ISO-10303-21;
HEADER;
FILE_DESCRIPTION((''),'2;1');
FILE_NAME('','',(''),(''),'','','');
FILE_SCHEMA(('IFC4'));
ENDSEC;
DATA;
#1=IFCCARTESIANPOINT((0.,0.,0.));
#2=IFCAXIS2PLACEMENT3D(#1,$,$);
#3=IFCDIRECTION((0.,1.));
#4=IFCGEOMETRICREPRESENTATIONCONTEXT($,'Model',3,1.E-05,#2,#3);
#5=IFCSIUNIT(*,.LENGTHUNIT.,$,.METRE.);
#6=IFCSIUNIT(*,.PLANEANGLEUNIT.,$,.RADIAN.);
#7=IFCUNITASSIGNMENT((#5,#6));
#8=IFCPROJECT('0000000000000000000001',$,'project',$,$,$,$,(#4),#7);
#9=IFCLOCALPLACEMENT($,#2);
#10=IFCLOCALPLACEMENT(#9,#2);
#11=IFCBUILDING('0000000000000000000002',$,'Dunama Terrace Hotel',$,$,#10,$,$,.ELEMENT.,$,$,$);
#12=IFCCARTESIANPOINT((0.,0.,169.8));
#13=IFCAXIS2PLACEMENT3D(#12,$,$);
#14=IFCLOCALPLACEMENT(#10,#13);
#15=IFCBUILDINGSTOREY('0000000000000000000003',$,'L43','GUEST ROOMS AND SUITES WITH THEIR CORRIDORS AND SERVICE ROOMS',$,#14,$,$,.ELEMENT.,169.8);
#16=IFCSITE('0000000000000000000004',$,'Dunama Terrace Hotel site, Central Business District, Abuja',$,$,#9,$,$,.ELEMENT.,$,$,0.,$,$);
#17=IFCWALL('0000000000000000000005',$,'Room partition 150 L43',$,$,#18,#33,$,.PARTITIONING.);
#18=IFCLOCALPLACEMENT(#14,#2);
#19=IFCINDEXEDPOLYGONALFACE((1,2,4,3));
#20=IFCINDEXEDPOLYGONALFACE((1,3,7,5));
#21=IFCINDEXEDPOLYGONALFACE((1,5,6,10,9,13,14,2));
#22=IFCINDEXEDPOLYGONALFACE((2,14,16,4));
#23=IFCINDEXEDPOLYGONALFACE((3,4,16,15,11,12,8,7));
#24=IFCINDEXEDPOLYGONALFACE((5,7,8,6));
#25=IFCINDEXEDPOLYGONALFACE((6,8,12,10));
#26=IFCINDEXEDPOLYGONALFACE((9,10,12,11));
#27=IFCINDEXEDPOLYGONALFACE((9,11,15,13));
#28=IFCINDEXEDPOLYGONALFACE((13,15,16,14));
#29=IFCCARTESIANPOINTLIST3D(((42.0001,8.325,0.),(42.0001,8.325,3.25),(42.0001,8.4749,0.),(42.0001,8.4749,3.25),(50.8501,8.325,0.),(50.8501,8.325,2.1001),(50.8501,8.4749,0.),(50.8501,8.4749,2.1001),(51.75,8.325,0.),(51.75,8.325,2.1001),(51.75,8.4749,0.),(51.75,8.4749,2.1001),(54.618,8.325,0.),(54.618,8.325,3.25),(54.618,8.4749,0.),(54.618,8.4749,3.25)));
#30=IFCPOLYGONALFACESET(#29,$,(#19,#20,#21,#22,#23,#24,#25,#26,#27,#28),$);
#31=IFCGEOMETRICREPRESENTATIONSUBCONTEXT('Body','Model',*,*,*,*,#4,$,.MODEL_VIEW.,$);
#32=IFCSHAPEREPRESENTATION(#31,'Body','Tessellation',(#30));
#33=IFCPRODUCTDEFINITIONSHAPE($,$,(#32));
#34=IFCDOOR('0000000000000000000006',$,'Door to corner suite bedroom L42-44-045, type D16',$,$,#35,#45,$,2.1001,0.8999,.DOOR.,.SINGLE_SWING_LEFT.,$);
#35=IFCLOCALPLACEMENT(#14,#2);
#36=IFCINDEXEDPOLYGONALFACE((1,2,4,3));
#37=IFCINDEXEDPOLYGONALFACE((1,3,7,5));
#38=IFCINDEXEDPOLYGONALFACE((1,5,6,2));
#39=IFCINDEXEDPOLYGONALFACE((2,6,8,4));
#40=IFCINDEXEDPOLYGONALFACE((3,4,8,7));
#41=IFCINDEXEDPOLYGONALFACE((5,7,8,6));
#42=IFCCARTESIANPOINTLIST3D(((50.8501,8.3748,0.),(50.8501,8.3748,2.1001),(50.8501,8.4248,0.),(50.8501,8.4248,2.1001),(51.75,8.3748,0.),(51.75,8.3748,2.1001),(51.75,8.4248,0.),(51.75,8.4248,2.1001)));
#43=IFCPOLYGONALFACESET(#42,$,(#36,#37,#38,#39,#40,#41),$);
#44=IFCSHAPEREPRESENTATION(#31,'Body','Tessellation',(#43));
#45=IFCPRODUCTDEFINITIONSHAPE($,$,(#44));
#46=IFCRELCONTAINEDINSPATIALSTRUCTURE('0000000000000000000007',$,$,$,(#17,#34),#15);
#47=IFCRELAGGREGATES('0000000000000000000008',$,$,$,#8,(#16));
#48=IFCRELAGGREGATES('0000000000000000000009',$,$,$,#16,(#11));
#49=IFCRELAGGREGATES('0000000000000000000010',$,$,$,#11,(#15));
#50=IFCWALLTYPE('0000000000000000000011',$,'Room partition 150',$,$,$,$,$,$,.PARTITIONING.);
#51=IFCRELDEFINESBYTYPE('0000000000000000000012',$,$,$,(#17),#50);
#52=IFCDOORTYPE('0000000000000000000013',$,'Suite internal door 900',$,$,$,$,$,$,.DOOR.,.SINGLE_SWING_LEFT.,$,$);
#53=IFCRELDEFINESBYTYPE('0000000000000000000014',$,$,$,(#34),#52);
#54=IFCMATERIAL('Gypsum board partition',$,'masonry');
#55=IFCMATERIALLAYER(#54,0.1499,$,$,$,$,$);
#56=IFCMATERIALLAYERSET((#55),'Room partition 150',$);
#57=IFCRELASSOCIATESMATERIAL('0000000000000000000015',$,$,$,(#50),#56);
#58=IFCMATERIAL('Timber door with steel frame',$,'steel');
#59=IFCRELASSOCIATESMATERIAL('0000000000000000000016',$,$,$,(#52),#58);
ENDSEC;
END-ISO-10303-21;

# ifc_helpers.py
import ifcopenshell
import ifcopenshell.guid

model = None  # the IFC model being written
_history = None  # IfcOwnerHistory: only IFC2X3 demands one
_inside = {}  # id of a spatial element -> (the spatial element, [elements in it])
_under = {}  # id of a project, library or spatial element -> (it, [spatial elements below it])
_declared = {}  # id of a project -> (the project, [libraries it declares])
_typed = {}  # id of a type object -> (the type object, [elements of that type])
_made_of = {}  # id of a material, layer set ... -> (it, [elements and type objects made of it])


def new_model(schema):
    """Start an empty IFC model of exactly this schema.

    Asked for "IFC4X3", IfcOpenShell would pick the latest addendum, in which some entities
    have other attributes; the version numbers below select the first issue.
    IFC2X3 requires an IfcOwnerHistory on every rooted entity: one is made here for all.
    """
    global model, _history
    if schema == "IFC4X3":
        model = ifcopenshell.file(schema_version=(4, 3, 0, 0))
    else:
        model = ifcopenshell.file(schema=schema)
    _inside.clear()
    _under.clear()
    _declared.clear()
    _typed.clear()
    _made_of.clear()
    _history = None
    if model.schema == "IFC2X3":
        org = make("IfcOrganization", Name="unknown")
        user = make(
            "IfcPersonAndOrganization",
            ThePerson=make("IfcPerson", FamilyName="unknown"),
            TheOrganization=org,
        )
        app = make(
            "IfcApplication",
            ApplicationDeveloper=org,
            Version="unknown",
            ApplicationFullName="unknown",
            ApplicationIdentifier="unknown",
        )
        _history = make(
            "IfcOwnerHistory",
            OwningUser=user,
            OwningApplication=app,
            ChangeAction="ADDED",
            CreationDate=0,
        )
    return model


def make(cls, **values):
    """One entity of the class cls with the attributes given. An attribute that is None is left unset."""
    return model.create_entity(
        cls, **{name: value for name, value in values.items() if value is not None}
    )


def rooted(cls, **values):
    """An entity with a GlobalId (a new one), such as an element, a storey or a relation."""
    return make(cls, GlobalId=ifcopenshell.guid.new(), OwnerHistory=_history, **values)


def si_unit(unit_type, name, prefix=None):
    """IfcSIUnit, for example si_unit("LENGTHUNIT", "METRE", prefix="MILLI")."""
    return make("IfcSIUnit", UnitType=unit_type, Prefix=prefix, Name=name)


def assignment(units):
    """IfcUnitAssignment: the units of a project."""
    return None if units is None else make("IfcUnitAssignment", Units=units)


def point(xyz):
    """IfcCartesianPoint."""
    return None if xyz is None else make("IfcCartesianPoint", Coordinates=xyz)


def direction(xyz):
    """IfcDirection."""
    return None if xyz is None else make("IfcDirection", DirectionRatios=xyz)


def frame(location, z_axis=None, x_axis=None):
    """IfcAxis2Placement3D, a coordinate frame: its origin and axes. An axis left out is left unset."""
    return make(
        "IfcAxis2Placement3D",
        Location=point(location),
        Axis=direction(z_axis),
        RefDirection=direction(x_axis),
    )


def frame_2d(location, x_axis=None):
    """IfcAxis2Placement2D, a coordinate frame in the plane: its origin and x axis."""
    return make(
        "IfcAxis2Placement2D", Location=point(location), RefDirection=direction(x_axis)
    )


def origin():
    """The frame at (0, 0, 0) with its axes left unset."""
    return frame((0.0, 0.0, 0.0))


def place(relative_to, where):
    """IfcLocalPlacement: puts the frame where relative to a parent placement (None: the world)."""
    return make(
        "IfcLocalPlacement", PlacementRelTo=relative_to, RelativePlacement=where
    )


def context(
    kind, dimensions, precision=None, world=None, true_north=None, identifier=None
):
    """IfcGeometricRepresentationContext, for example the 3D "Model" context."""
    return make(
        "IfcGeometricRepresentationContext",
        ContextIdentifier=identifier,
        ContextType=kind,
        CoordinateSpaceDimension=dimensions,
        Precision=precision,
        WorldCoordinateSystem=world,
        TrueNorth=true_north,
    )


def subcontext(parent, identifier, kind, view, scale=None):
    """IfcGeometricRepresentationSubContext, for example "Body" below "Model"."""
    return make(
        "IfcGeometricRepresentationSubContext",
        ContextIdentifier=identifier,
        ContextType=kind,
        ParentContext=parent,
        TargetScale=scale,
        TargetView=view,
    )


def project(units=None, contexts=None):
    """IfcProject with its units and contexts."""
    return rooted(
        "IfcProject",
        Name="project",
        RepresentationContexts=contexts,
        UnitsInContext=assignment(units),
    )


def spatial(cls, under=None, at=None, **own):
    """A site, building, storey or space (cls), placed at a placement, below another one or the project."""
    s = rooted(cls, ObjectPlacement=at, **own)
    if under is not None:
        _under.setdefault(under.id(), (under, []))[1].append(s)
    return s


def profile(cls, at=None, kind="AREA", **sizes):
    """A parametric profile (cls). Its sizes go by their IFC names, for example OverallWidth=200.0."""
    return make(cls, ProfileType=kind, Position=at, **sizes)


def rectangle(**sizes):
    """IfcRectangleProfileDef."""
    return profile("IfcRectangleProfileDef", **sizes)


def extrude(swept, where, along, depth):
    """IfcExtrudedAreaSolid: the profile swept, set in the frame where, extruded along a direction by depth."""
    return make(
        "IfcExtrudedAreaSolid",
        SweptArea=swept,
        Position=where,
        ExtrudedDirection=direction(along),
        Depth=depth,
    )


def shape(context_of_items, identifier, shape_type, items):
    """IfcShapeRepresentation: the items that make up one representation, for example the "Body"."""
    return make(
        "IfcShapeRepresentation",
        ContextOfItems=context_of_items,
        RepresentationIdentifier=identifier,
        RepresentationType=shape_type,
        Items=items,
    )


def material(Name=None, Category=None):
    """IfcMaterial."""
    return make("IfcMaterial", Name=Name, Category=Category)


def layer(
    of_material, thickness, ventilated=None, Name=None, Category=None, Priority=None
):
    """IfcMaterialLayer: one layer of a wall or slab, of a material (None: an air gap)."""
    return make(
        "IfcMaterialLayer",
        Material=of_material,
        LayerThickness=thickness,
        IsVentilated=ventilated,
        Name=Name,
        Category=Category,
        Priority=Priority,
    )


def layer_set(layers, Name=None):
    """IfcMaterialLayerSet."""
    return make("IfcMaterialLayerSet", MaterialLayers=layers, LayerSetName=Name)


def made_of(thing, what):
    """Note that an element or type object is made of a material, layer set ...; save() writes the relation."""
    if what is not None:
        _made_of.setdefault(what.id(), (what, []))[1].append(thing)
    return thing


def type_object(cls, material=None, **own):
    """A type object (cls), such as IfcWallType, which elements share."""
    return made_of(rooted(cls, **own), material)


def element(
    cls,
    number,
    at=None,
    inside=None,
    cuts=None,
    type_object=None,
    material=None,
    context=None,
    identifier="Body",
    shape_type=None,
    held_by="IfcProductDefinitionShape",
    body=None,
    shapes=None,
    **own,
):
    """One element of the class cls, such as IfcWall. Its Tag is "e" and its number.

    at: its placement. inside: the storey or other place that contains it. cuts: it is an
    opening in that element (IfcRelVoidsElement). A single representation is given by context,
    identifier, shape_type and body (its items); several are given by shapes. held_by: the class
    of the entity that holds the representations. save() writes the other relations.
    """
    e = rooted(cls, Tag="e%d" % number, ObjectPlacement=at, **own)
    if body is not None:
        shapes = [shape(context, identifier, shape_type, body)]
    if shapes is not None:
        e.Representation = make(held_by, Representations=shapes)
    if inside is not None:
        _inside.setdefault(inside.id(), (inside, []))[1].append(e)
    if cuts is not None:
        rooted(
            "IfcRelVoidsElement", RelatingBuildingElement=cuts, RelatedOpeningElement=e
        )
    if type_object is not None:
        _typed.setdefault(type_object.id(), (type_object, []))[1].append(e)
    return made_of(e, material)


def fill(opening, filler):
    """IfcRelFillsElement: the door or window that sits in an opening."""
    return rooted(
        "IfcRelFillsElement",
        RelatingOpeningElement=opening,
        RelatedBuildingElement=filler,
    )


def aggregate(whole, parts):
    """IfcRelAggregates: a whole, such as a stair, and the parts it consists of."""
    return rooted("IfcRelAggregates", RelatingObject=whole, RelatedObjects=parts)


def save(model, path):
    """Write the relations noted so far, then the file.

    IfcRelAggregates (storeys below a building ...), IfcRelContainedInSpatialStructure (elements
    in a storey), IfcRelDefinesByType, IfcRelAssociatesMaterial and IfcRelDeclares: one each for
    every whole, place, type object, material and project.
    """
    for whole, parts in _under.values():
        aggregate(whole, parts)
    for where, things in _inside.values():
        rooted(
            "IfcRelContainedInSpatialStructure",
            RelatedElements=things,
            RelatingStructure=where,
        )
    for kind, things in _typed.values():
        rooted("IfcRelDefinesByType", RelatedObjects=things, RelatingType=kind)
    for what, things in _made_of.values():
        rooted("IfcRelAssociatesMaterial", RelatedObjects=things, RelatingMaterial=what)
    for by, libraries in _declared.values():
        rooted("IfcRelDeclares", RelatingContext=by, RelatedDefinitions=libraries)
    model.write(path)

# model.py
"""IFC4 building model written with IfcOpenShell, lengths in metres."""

from ifc_helpers import new_model, si_unit, direction, frame, frame_2d, origin, place, context, subcontext, project, spatial, rectangle, extrude, material, layer, layer_set, type_object, element, fill, save


model = new_model("IFC4")

# Units and contexts
model_context = context("Model", 3, precision=1e-05, world=origin(), true_north=direction((0.0, 1.0)))
body_context = subcontext(model_context, "Body", "Model", "MODEL_VIEW")
ifc_project = project(units=[si_unit("LENGTHUNIT", "METRE"), si_unit("PLANEANGLEUNIT", "RADIAN")], contexts=[model_context])

# Site, building, storey
site_placement = place(None, origin())
site = spatial("IfcSite", under=ifc_project, at=site_placement, Name="Dunama Terrace Hotel site, Central Business District, Abuja", CompositionType="ELEMENT", RefElevation=0.0)
building_placement = place(site_placement, origin())
building = spatial("IfcBuilding", under=site, at=building_placement, Name="Dunama Terrace Hotel", CompositionType="ELEMENT")
storey_placement = place(building_placement, frame((0.0, 0.0, 169.8)))
storey = spatial("IfcBuildingStorey", under=building, at=storey_placement, Name="L43", Description="GUEST ROOMS AND SUITES WITH THEIR CORRIDORS AND SERVICE ROOMS", CompositionType="ELEMENT", Elevation=169.8)

# Wall, opening, door
ifc_material_1 = material(Name="Gypsum board partition", Category="masonry")
ifc_layer_1 = layer(ifc_material_1, 0.1499)
ifc_layer_set_1 = layer_set([ifc_layer_1], Name="Room partition 150")
wall_type_1 = type_object("IfcWallType", Name="Room partition 150", PredefinedType="PARTITIONING", material=ifc_layer_set_1)
wall_1_placement = place(storey_placement, frame((42.0, 8.3999, 0.0), z_axis=(0.0, 0.0, 1.0), x_axis=(1.0, 0.0, 0.0)))
wall_1 = element("IfcWall", 1, at=wall_1_placement, inside=storey, type_object=wall_type_1, Name="Room partition 150 L43", PredefinedType="PARTITIONING", context=body_context, shape_type="SweptSolid", body=[
    extrude(rectangle(XDim=12.6179, YDim=0.1499, at=frame_2d((6.3091, 0.0))), origin(), (0.0, 0.0, 1.0), 3.25),
])
opening_1_placement = place(wall_1_placement, frame((8.8501, 0.0, 0.0)))
opening_1 = element("IfcOpeningElement", 2, at=opening_1_placement, cuts=wall_1, PredefinedType="OPENING", context=body_context, shape_type="SweptSolid", body=[
    extrude(rectangle(XDim=0.8999, YDim=2.1001, at=frame_2d((0.45, 1.05))), frame((0.0, 0.085, 0.0), z_axis=(0.0, -1.0, 0.0), x_axis=(1.0, 0.0, 0.0)), (0.0, 0.0, 1.0), 0.1699),
])
ifc_material_2 = material(Name="Timber door with steel frame", Category="steel")
door_type_1 = type_object("IfcDoorType", Name="Suite internal door 900", OperationType="SINGLE_SWING_LEFT", PredefinedType="DOOR", material=ifc_material_2)
door_1_placement = place(opening_1_placement, frame((0.8999, 0.0, 0.0), z_axis=(0.0, 0.0, 1.0), x_axis=(-1.0, 0.0, 0.0)))
door_1 = element("IfcDoor", 3, at=door_1_placement, inside=storey, type_object=door_type_1, Name="Door to corner suite bedroom L42-44-045, type D16", OperationType="SINGLE_SWING_LEFT", OverallHeight=2.1001, OverallWidth=0.8999, PredefinedType="DOOR", context=body_context, shape_type="SweptSolid", body=[
    extrude(rectangle(XDim=0.8999, YDim=2.1001, at=frame_2d((0.45, 1.05))), frame((0.0, 0.0251, 0.0), z_axis=(0.0, -1.0, 0.0), x_axis=(1.0, 0.0, 0.0)), (0.0, 0.0, 1.0), 0.05),
])
fill(opening_1, door_1)

save(model, "model.ifc")
